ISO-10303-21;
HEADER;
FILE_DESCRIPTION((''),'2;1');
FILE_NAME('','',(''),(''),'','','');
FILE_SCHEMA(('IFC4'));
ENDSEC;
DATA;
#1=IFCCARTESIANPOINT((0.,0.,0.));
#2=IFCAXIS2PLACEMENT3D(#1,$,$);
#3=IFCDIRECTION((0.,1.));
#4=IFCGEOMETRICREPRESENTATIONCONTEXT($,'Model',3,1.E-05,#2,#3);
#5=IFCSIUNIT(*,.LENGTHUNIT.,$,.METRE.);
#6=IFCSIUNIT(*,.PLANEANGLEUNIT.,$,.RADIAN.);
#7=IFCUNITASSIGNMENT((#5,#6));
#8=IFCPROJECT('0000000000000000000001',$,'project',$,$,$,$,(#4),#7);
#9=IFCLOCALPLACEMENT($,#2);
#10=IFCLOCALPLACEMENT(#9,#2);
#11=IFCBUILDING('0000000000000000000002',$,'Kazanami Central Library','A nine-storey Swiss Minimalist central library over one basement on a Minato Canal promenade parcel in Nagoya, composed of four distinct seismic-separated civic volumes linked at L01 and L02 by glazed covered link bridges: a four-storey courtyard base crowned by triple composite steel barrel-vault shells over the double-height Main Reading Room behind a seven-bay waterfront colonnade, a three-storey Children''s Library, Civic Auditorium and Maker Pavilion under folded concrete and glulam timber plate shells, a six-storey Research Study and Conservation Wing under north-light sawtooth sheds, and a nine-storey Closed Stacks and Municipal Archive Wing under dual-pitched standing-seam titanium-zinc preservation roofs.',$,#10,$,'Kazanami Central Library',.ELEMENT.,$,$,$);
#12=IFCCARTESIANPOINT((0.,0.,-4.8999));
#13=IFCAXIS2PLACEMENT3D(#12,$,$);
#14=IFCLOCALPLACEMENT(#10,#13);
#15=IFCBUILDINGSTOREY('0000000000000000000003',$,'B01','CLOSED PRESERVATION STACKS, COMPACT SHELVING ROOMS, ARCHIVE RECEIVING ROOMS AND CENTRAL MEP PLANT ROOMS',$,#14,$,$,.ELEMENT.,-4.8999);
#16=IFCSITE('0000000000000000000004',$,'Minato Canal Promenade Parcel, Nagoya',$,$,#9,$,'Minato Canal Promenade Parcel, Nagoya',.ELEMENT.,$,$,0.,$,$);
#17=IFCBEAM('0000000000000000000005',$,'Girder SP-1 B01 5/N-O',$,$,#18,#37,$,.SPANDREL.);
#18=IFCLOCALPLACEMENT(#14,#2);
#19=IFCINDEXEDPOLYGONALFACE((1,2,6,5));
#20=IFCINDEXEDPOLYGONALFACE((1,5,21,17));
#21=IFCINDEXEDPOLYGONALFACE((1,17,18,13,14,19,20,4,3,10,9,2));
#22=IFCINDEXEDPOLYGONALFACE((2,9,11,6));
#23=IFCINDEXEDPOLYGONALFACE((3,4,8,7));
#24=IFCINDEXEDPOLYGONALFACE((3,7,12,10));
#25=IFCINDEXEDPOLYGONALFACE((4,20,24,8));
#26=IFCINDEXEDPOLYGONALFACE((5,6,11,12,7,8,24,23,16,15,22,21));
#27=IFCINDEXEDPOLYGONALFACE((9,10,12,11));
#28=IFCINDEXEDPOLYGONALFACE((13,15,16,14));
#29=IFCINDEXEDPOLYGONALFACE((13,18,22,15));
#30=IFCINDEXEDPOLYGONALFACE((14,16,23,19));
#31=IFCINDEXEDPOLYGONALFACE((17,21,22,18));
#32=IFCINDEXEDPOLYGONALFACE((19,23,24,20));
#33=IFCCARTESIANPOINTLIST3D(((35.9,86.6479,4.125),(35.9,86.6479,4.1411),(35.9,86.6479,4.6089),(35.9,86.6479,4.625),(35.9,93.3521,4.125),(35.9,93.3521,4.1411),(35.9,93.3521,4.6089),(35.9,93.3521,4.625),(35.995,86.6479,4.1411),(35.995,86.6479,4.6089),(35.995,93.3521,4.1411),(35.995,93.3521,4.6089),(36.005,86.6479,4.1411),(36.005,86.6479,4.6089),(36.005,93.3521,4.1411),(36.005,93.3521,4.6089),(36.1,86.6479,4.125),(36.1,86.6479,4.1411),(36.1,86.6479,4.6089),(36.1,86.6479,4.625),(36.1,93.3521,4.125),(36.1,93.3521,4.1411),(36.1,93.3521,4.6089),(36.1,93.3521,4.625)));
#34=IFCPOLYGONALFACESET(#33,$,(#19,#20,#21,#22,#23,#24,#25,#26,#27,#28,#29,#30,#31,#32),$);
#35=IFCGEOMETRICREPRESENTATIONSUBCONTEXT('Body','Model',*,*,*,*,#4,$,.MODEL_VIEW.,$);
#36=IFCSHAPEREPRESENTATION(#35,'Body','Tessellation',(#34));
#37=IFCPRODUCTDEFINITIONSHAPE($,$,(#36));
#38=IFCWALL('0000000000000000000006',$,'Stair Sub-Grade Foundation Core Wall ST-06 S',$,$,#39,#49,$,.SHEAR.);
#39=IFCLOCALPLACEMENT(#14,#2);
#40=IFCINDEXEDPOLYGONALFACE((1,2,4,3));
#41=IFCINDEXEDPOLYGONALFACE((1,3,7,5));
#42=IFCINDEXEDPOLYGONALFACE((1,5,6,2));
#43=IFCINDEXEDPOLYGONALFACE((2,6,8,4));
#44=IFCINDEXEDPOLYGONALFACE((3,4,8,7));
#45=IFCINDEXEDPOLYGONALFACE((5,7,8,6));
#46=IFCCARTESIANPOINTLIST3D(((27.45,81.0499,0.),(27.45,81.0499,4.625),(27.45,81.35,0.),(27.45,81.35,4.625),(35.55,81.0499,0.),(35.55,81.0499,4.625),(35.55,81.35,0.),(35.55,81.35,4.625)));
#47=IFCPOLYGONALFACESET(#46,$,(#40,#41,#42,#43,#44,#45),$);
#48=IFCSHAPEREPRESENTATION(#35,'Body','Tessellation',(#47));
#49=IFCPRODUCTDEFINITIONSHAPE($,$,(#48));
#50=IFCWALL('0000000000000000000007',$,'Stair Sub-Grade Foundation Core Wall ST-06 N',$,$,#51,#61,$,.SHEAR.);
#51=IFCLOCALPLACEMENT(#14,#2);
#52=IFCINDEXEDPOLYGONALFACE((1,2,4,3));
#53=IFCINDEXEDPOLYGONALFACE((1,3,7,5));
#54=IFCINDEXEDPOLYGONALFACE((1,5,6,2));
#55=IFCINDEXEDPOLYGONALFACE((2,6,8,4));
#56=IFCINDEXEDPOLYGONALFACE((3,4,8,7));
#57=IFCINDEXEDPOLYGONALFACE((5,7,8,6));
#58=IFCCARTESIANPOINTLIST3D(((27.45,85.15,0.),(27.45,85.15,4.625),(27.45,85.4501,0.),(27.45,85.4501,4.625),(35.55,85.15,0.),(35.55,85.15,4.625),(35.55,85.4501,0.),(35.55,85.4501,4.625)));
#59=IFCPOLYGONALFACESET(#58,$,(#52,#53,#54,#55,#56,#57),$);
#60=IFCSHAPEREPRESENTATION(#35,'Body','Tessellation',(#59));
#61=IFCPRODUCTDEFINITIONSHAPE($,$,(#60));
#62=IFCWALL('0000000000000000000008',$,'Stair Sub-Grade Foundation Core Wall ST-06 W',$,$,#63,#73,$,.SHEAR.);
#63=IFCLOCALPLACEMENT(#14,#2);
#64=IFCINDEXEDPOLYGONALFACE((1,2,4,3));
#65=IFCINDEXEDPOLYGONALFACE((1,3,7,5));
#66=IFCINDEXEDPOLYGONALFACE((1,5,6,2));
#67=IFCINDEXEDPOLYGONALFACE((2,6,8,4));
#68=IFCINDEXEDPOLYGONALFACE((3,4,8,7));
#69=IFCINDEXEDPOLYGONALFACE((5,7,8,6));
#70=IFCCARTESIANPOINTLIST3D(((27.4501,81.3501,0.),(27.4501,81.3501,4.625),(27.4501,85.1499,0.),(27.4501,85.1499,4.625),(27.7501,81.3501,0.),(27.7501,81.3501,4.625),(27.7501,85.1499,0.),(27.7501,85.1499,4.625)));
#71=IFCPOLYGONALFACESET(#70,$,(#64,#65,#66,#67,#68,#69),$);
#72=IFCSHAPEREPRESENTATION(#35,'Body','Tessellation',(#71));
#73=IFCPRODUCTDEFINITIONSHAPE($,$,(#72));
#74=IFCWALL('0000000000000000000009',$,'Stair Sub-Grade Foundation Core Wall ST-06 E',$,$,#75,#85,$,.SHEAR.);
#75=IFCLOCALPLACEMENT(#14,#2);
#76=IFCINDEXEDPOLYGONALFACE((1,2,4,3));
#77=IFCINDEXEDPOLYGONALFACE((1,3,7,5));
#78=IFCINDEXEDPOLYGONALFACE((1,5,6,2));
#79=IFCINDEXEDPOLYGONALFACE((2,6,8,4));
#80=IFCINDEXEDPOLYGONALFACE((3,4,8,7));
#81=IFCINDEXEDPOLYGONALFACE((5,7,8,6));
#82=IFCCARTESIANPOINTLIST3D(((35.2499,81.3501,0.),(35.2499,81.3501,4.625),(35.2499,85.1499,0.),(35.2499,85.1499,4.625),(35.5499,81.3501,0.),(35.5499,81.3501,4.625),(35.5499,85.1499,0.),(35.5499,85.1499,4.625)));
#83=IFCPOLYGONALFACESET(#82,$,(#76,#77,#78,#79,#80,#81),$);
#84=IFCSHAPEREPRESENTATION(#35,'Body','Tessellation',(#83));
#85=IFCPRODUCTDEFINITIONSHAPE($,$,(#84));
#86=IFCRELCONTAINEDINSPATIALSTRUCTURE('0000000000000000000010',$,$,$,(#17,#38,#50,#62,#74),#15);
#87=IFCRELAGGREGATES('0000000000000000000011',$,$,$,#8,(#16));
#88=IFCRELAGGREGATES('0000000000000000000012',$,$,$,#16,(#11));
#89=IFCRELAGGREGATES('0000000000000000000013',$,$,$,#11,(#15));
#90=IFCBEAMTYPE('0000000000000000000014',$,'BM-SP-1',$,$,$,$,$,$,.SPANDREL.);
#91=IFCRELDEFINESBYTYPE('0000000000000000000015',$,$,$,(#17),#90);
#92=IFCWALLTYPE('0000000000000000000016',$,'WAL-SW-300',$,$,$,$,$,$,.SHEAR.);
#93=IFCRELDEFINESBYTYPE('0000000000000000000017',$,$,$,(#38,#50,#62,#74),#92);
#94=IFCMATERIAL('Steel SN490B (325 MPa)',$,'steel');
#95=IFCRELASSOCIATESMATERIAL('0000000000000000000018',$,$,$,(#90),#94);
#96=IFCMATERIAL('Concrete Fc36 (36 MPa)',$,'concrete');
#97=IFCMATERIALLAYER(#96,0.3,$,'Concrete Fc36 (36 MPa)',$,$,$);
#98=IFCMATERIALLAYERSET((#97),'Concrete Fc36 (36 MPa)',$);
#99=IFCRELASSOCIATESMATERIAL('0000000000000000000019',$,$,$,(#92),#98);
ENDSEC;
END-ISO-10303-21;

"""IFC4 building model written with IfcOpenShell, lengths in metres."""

from ifc_helpers import new_model, si_unit, direction, frame, frame_2d, origin, origin_2d, place, context, subcontext, project, spatial, rectangle, i_section, extrude, material, layer, layer_set, material_profile, profile_set, type_object, element, save


model = new_model("IFC4")

# Units and contexts
model_context = context("Model", 3, precision=1e-05, world=origin(), true_north=direction((0.0, 1.0)))
body_context = subcontext(model_context, "Body", "Model", "MODEL_VIEW")
ifc_project = project(units=[si_unit("LENGTHUNIT", "METRE"), si_unit("PLANEANGLEUNIT", "RADIAN")], contexts=[model_context])

# Site, building, storey
site_placement = place(None, origin())
site = spatial("IfcSite", under=ifc_project, at=site_placement, Name="Minato Canal Promenade Parcel, Nagoya", LongName="Minato Canal Promenade Parcel, Nagoya", CompositionType="ELEMENT", RefElevation=0.0)
building_placement = place(site_placement, origin())
building = spatial("IfcBuilding", under=site, at=building_placement, Name="Kazanami Central Library", Description="A nine-storey Swiss Minimalist central library over one basement on a Minato Canal promenade parcel in Nagoya, composed of four distinct seismic-separated civic volumes linked at L01 and L02 by glazed covered link bridges: a four-storey courtyard base crowned by triple composite steel barrel-vault shells over the double-height Main Reading Room behind a seven-bay waterfront colonnade, a three-storey Children's Library, Civic Auditorium and Maker Pavilion under folded concrete and glulam timber plate shells, a six-storey Research Study and Conservation Wing under north-light sawtooth sheds, and a nine-storey Closed Stacks and Municipal Archive Wing under dual-pitched standing-seam titanium-zinc preservation roofs.", LongName="Kazanami Central Library", CompositionType="ELEMENT")
storey_placement = place(building_placement, frame((0.0, 0.0, -4.8999)))
storey = spatial("IfcBuildingStorey", under=building, at=storey_placement, Name="B01", Description="CLOSED PRESERVATION STACKS, COMPACT SHELVING ROOMS, ARCHIVE RECEIVING ROOMS AND CENTRAL MEP PLANT ROOMS", CompositionType="ELEMENT", Elevation=-4.8999)

# Shared definitions
ifc_material_1 = material(Name="Concrete Fc36 (36 MPa)", Category="concrete")

# Beam
ifc_material_2 = material(Name="Steel SN490B (325 MPa)", Category="steel")
ifc_material_profile_1 = material_profile(ifc_material_2, i_section(OverallWidth=0.2, OverallDepth=0.5, WebThickness=0.01, FlangeThickness=0.0161, at=origin_2d()), Name="H-500x200x10x16")
ifc_profile_set_1 = profile_set([ifc_material_profile_1], Name="Steel SN490B (325 MPa)")
beam_type = type_object("IfcBeamType", Name="BM-SP-1", PredefinedType="SPANDREL", material=ifc_profile_set_1)
for number, where, z_axis, x_axis, name in (
    (1, (36.0, 86.6479, 4.375), (0.0, 1.0, 0.0), (-1.0, 0.0, 0.0), "Girder SP-1 B01 5/N-O"),
):
    element("IfcBeam", number, at=place(storey_placement, frame(where, z_axis=z_axis, x_axis=x_axis)), inside=storey, type_object=beam_type, Name=name, PredefinedType="SPANDREL", context=body_context, shape_type="SweptSolid", body=[
        extrude(i_section(OverallWidth=0.2, OverallDepth=0.5, WebThickness=0.01, FlangeThickness=0.0161, at=origin_2d()), origin(), (0.0, 0.0, 1.0), 6.7041),
    ])

# Walls
ifc_layer = layer(ifc_material_1, 0.3, Name="Concrete Fc36 (36 MPa)")
ifc_layer_set = layer_set([ifc_layer], Name="Concrete Fc36 (36 MPa)")
wall_type = type_object("IfcWallType", Name="WAL-SW-300", PredefinedType="SHEAR", material=ifc_layer_set)
for number, where, z_axis, x_axis, name in (
    (2, (27.45, 81.2, 0.0), (0.0, 0.0, 1.0), (1.0, 0.0, 0.0), "Stair Sub-Grade Foundation Core Wall ST-06 S"),
    (3, (27.45, 85.3, 0.0), (0.0, 0.0, 1.0), (1.0, 0.0, 0.0), "Stair Sub-Grade Foundation Core Wall ST-06 N"),
):
    element("IfcWall", number, at=place(storey_placement, frame(where, z_axis=z_axis, x_axis=x_axis)), inside=storey, type_object=wall_type, Name=name, PredefinedType="SHEAR", context=body_context, shape_type="SweptSolid", body=[
        extrude(rectangle(XDim=8.1001, YDim=0.3, at=frame_2d((4.05, 0.0))), origin(), (0.0, 0.0, 1.0), 4.625),
    ])
for number, where, z_axis, x_axis, name in (
    (4, (27.6001, 81.3501, 0.0), (0.0, 0.0, 1.0), (0.0, 1.0, 0.0), "Stair Sub-Grade Foundation Core Wall ST-06 W"),
    (5, (35.3999, 81.3501, 0.0), (0.0, 0.0, 1.0), (0.0, 1.0, 0.0), "Stair Sub-Grade Foundation Core Wall ST-06 E"),
):
    element("IfcWall", number, at=place(storey_placement, frame(where, z_axis=z_axis, x_axis=x_axis)), inside=storey, type_object=wall_type, Name=name, PredefinedType="SHEAR", context=body_context, shape_type="SweptSolid", body=[
        extrude(rectangle(XDim=3.7998, YDim=0.3, at=frame_2d((1.8999, 0.0))), origin(), (0.0, 0.0, 1.0), 4.625),
    ])

save(model, "model.ifc")
